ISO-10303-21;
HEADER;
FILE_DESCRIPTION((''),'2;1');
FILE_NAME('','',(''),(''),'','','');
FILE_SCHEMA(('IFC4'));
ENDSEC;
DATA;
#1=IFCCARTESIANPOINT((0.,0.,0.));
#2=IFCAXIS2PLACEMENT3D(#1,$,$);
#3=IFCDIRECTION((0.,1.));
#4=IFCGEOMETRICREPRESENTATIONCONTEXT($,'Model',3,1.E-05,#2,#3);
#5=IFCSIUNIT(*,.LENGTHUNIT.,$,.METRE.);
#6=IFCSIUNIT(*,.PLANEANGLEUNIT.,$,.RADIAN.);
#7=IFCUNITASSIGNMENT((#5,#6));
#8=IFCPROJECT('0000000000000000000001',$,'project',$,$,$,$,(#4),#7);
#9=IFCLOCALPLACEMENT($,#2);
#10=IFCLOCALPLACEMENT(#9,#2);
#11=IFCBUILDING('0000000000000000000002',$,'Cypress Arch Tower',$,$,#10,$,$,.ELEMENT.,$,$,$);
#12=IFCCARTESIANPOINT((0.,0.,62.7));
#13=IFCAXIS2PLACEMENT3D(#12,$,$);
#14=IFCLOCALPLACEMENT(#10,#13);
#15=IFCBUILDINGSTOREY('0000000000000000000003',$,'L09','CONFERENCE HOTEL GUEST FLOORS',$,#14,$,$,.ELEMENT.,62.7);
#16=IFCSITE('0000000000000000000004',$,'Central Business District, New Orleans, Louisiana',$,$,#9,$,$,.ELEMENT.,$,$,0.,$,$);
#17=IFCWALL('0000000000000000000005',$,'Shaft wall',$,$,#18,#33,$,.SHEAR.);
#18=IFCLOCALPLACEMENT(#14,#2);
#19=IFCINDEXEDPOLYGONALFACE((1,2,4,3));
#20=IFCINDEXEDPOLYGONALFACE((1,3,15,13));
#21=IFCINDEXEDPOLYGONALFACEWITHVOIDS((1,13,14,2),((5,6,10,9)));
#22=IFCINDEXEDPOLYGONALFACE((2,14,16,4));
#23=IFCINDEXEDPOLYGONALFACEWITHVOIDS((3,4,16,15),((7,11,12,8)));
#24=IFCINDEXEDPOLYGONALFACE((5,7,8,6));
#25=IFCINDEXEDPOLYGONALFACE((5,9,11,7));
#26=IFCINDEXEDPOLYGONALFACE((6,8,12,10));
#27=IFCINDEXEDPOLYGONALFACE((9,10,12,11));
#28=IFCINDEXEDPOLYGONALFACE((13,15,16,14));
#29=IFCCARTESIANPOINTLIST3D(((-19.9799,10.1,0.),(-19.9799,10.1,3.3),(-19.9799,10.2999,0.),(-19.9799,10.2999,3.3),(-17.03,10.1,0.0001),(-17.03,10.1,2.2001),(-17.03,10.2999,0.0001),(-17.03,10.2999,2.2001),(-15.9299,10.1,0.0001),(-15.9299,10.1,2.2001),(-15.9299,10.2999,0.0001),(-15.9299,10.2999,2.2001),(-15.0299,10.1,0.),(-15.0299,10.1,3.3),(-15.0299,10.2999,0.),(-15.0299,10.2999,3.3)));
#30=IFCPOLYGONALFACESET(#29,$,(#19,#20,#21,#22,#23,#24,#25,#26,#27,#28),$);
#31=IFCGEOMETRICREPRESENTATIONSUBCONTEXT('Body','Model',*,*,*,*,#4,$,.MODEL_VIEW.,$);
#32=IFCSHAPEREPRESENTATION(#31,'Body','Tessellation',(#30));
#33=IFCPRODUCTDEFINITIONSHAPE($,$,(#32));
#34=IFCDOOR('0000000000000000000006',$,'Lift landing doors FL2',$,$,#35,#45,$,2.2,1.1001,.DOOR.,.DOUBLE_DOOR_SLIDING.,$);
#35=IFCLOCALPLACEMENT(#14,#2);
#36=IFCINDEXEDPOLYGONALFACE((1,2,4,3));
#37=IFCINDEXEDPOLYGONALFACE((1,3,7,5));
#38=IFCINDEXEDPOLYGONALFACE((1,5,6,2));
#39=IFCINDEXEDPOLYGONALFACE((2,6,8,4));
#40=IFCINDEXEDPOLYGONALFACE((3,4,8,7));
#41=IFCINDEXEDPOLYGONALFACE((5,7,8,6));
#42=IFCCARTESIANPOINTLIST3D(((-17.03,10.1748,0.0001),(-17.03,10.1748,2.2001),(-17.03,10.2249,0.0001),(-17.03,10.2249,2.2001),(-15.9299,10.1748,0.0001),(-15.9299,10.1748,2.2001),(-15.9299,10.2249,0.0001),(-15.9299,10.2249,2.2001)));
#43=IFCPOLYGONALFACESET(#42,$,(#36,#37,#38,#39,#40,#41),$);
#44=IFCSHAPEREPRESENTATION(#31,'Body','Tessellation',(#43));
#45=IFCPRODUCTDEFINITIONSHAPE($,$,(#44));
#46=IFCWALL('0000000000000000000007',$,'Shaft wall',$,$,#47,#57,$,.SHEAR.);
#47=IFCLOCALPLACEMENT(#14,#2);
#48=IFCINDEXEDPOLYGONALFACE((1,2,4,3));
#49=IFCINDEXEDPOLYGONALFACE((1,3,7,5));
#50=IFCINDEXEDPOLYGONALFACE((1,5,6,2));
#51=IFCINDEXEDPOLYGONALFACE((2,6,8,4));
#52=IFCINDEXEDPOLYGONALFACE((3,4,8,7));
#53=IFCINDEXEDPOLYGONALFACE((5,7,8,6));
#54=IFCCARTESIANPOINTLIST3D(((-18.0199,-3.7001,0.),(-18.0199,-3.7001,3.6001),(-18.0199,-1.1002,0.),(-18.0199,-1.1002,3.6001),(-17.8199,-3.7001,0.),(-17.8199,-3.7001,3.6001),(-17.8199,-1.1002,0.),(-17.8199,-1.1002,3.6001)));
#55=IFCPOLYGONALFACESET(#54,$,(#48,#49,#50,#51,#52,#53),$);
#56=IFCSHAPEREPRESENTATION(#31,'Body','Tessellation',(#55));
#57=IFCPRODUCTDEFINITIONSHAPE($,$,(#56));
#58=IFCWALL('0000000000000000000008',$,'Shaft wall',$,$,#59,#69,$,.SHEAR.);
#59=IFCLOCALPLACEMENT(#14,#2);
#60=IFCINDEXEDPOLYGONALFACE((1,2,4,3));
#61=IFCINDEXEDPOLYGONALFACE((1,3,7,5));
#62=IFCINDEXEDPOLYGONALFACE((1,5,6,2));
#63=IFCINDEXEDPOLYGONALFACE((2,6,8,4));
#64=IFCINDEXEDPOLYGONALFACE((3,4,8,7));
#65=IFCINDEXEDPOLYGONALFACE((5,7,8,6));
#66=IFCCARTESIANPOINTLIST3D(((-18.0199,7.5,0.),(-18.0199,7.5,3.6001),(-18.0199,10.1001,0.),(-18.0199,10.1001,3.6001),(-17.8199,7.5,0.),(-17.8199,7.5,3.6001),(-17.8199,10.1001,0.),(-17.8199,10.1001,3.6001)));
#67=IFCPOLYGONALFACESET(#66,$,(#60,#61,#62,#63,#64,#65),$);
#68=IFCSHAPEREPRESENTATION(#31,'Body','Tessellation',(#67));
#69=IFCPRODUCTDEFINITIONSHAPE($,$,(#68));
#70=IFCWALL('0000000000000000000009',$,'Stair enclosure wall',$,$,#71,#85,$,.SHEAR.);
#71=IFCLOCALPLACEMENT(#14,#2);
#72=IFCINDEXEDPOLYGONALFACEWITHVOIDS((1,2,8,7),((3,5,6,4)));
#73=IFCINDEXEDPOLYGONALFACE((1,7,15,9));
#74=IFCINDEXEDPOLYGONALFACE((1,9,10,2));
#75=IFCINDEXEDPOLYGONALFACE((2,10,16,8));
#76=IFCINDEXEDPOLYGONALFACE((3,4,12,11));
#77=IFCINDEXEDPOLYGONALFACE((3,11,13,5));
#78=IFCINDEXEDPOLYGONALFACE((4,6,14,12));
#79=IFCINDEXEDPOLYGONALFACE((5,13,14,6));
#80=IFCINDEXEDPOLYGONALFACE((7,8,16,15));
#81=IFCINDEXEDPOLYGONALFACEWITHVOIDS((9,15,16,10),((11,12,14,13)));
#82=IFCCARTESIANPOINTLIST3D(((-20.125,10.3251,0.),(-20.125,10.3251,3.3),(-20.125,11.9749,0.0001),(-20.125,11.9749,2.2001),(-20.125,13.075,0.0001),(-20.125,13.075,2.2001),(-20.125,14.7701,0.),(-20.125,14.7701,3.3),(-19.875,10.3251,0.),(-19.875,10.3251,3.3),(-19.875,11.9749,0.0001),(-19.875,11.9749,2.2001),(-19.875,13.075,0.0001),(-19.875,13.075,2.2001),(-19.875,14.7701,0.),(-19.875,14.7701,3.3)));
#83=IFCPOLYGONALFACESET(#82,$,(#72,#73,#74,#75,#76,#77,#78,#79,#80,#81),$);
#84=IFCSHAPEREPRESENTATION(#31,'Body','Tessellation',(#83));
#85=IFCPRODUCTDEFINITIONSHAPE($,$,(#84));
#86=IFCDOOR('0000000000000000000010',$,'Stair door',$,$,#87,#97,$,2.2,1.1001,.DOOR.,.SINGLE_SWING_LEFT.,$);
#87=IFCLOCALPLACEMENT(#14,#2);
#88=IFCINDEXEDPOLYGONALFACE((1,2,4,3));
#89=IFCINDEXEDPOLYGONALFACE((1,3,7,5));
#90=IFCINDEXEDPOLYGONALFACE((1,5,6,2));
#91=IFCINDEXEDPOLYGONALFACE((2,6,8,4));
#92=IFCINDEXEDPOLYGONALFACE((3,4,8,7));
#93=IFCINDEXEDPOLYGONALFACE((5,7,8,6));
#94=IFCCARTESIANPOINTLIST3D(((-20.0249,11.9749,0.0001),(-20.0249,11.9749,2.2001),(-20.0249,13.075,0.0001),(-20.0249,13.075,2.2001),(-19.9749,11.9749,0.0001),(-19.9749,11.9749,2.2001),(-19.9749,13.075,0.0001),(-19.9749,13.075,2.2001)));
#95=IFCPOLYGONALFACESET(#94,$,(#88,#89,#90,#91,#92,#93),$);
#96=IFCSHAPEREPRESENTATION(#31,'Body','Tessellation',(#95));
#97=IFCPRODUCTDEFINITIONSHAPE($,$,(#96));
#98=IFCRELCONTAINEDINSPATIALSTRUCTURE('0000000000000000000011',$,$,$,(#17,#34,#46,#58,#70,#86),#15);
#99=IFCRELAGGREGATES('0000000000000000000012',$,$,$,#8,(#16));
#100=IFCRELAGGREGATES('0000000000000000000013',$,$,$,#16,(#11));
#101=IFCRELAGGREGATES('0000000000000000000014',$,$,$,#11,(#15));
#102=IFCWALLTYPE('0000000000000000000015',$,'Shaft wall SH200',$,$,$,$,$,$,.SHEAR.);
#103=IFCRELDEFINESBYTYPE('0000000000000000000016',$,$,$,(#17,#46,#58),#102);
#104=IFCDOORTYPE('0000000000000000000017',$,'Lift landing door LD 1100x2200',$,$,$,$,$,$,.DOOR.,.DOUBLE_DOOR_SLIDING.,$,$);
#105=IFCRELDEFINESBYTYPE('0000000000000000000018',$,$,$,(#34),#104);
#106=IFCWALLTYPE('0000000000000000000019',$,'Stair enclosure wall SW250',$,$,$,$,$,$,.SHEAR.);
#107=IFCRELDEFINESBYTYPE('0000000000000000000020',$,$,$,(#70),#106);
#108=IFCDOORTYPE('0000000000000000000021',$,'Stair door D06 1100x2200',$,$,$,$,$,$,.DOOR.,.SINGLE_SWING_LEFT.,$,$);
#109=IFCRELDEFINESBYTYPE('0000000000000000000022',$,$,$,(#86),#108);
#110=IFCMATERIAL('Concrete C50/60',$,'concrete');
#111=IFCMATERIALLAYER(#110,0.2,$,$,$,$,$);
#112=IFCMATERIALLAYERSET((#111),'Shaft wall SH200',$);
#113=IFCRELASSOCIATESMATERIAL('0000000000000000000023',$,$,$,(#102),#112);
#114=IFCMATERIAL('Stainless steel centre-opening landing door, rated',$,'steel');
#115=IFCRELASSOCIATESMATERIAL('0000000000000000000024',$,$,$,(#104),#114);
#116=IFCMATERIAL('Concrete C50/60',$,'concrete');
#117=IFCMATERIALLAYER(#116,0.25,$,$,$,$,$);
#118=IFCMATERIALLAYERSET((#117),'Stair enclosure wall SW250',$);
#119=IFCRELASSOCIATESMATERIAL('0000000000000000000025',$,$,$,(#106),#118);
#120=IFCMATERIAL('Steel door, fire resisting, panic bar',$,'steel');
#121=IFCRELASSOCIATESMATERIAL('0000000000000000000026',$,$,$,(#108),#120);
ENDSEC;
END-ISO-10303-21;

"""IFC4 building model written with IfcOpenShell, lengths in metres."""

from ifc_helpers import new_model, si_unit, direction, frame, frame_2d, origin, place, context, subcontext, project, spatial, rectangle, extrude, material, layer, layer_set, type_object, element, fill, save


model = new_model("IFC4")

# Units and contexts
model_context = context("Model", 3, precision=1e-05, world=origin(), true_north=direction((0.0, 1.0)))
body_context = subcontext(model_context, "Body", "Model", "MODEL_VIEW")
ifc_project = project(units=[si_unit("LENGTHUNIT", "METRE"), si_unit("PLANEANGLEUNIT", "RADIAN")], contexts=[model_context])

# Site, building, storey
site_placement = place(None, origin())
site = spatial("IfcSite", under=ifc_project, at=site_placement, Name="Central Business District, New Orleans, Louisiana", CompositionType="ELEMENT", RefElevation=0.0)
building_placement = place(site_placement, origin())
building = spatial("IfcBuilding", under=site, at=building_placement, Name="Cypress Arch Tower", CompositionType="ELEMENT")
storey_placement = place(building_placement, frame((0.0, 0.0, 62.7)))
storey = spatial("IfcBuildingStorey", under=building, at=storey_placement, Name="L09", Description="CONFERENCE HOTEL GUEST FLOORS", CompositionType="ELEMENT", Elevation=62.7)

# Wall, opening, door
ifc_material_1 = material(Name="Concrete C50/60", Category="concrete")
ifc_layer_1 = layer(ifc_material_1, 0.2)
ifc_layer_set_1 = layer_set([ifc_layer_1], Name="Shaft wall SH200")
wall_type_1 = type_object("IfcWallType", Name="Shaft wall SH200", PredefinedType="SHEAR", material=ifc_layer_set_1)
wall_1_placement = place(storey_placement, frame((-19.98, 10.2, 0.0), z_axis=(0.0, 0.0, 1.0), x_axis=(1.0, 0.0, 0.0)))
wall_1 = element("IfcWall", 1, at=wall_1_placement, inside=storey, type_object=wall_type_1, Name="Shaft wall", PredefinedType="SHEAR", context=body_context, shape_type="SweptSolid", body=[
    extrude(rectangle(XDim=4.95, YDim=0.2, at=frame_2d((2.4751, 0.0))), origin(), (0.0, 0.0, 1.0), 3.3),
])
opening_1_placement = place(wall_1_placement, frame((2.95, 0.0, 0.0)))
opening_1 = element("IfcOpeningElement", 2, at=opening_1_placement, cuts=wall_1, PredefinedType="OPENING", context=body_context, shape_type="SweptSolid", body=[
    extrude(rectangle(XDim=1.1001, YDim=2.2, at=frame_2d((0.55, 1.1001))), frame((0.0, 0.1099, 0.0), z_axis=(0.0, -1.0, 0.0), x_axis=(1.0, 0.0, 0.0)), (0.0, 0.0, 1.0), 0.22),
])
ifc_material_2 = material(Name="Stainless steel centre-opening landing door, rated", Category="steel")
door_type_1 = type_object("IfcDoorType", Name="Lift landing door LD 1100x2200", OperationType="DOUBLE_DOOR_SLIDING", PredefinedType="DOOR", material=ifc_material_2)
door_1_placement = place(opening_1_placement, origin())
door_1 = element("IfcDoor", 3, at=door_1_placement, inside=storey, type_object=door_type_1, Name="Lift landing doors FL2", OperationType="DOUBLE_DOOR_SLIDING", OverallHeight=2.2, OverallWidth=1.1001, PredefinedType="DOOR", context=body_context, shape_type="SweptSolid", body=[
    extrude(rectangle(XDim=1.1001, YDim=2.2, at=frame_2d((0.55, 1.1001))), frame((0.0, 0.0249, 0.0), z_axis=(0.0, -1.0, 0.0), x_axis=(1.0, 0.0, 0.0)), (0.0, 0.0, 1.0), 0.05),
])
fill(opening_1, door_1)

# Walls
wall_2_placement = place(storey_placement, frame((-17.9199, -3.7, 0.0), z_axis=(0.0, 0.0, 1.0), x_axis=(0.0, 1.0, 0.0)))
element("IfcWall", 4, at=wall_2_placement, inside=storey, type_object=wall_type_1, Name="Shaft wall", PredefinedType="SHEAR", context=body_context, shape_type="SweptSolid", body=[
    extrude(rectangle(XDim=2.5999, YDim=0.2, at=frame_2d((1.2998, 0.0))), origin(), (0.0, 0.0, 1.0), 3.6001),
])
wall_3_placement = place(storey_placement, frame((-17.9199, 7.5, 0.0), z_axis=(0.0, 0.0, 1.0), x_axis=(0.0, 1.0, 0.0)))
element("IfcWall", 5, at=wall_3_placement, inside=storey, type_object=wall_type_1, Name="Shaft wall", PredefinedType="SHEAR", context=body_context, shape_type="SweptSolid", body=[
    extrude(rectangle(XDim=2.6001, YDim=0.2, at=frame_2d((1.3, 0.0))), origin(), (0.0, 0.0, 1.0), 3.6001),
])

# Wall, opening, door
ifc_material_3 = material(Name="Concrete C50/60", Category="concrete")
ifc_layer_2 = layer(ifc_material_3, 0.25)
ifc_layer_set_2 = layer_set([ifc_layer_2], Name="Stair enclosure wall SW250")
wall_type_2 = type_object("IfcWallType", Name="Stair enclosure wall SW250", PredefinedType="SHEAR", material=ifc_layer_set_2)
wall_4_placement = place(storey_placement, frame((-20.0, 10.325, 0.0), z_axis=(0.0, 0.0, 1.0), x_axis=(0.0, 1.0, 0.0)))
wall_4 = element("IfcWall", 6, at=wall_4_placement, inside=storey, type_object=wall_type_2, Name="Stair enclosure wall", PredefinedType="SHEAR", context=body_context, shape_type="SweptSolid", body=[
    extrude(rectangle(XDim=4.4451, YDim=0.25, at=frame_2d((2.2227, 0.0))), origin(), (0.0, 0.0, 1.0), 3.3),
])
opening_2_placement = place(wall_4_placement, frame((1.6499, 0.0, 0.0)))
opening_2 = element("IfcOpeningElement", 7, at=opening_2_placement, cuts=wall_4, PredefinedType="OPENING", context=body_context, shape_type="SweptSolid", body=[
    extrude(rectangle(XDim=1.1001, YDim=2.2, at=frame_2d((0.55, 1.1001))), frame((0.0, 0.135, 0.0), z_axis=(0.0, -1.0, 0.0), x_axis=(1.0, 0.0, 0.0)), (0.0, 0.0, 1.0), 0.27),
])
ifc_material_4 = material(Name="Steel door, fire resisting, panic bar", Category="steel")
door_type_2 = type_object("IfcDoorType", Name="Stair door D06 1100x2200", OperationType="SINGLE_SWING_LEFT", PredefinedType="DOOR", material=ifc_material_4)
door_2_placement = place(opening_2_placement, origin())
door_2 = element("IfcDoor", 8, at=door_2_placement, inside=storey, type_object=door_type_2, Name="Stair door", OperationType="SINGLE_SWING_LEFT", OverallHeight=2.2, OverallWidth=1.1001, PredefinedType="DOOR", context=body_context, shape_type="SweptSolid", body=[
    extrude(rectangle(XDim=1.1001, YDim=2.2, at=frame_2d((0.55, 1.1001))), frame((0.0, 0.0249, 0.0), z_axis=(0.0, -1.0, 0.0), x_axis=(1.0, 0.0, 0.0)), (0.0, 0.0, 1.0), 0.05),
])
fill(opening_2, door_2)

save(model, "model.ifc")
